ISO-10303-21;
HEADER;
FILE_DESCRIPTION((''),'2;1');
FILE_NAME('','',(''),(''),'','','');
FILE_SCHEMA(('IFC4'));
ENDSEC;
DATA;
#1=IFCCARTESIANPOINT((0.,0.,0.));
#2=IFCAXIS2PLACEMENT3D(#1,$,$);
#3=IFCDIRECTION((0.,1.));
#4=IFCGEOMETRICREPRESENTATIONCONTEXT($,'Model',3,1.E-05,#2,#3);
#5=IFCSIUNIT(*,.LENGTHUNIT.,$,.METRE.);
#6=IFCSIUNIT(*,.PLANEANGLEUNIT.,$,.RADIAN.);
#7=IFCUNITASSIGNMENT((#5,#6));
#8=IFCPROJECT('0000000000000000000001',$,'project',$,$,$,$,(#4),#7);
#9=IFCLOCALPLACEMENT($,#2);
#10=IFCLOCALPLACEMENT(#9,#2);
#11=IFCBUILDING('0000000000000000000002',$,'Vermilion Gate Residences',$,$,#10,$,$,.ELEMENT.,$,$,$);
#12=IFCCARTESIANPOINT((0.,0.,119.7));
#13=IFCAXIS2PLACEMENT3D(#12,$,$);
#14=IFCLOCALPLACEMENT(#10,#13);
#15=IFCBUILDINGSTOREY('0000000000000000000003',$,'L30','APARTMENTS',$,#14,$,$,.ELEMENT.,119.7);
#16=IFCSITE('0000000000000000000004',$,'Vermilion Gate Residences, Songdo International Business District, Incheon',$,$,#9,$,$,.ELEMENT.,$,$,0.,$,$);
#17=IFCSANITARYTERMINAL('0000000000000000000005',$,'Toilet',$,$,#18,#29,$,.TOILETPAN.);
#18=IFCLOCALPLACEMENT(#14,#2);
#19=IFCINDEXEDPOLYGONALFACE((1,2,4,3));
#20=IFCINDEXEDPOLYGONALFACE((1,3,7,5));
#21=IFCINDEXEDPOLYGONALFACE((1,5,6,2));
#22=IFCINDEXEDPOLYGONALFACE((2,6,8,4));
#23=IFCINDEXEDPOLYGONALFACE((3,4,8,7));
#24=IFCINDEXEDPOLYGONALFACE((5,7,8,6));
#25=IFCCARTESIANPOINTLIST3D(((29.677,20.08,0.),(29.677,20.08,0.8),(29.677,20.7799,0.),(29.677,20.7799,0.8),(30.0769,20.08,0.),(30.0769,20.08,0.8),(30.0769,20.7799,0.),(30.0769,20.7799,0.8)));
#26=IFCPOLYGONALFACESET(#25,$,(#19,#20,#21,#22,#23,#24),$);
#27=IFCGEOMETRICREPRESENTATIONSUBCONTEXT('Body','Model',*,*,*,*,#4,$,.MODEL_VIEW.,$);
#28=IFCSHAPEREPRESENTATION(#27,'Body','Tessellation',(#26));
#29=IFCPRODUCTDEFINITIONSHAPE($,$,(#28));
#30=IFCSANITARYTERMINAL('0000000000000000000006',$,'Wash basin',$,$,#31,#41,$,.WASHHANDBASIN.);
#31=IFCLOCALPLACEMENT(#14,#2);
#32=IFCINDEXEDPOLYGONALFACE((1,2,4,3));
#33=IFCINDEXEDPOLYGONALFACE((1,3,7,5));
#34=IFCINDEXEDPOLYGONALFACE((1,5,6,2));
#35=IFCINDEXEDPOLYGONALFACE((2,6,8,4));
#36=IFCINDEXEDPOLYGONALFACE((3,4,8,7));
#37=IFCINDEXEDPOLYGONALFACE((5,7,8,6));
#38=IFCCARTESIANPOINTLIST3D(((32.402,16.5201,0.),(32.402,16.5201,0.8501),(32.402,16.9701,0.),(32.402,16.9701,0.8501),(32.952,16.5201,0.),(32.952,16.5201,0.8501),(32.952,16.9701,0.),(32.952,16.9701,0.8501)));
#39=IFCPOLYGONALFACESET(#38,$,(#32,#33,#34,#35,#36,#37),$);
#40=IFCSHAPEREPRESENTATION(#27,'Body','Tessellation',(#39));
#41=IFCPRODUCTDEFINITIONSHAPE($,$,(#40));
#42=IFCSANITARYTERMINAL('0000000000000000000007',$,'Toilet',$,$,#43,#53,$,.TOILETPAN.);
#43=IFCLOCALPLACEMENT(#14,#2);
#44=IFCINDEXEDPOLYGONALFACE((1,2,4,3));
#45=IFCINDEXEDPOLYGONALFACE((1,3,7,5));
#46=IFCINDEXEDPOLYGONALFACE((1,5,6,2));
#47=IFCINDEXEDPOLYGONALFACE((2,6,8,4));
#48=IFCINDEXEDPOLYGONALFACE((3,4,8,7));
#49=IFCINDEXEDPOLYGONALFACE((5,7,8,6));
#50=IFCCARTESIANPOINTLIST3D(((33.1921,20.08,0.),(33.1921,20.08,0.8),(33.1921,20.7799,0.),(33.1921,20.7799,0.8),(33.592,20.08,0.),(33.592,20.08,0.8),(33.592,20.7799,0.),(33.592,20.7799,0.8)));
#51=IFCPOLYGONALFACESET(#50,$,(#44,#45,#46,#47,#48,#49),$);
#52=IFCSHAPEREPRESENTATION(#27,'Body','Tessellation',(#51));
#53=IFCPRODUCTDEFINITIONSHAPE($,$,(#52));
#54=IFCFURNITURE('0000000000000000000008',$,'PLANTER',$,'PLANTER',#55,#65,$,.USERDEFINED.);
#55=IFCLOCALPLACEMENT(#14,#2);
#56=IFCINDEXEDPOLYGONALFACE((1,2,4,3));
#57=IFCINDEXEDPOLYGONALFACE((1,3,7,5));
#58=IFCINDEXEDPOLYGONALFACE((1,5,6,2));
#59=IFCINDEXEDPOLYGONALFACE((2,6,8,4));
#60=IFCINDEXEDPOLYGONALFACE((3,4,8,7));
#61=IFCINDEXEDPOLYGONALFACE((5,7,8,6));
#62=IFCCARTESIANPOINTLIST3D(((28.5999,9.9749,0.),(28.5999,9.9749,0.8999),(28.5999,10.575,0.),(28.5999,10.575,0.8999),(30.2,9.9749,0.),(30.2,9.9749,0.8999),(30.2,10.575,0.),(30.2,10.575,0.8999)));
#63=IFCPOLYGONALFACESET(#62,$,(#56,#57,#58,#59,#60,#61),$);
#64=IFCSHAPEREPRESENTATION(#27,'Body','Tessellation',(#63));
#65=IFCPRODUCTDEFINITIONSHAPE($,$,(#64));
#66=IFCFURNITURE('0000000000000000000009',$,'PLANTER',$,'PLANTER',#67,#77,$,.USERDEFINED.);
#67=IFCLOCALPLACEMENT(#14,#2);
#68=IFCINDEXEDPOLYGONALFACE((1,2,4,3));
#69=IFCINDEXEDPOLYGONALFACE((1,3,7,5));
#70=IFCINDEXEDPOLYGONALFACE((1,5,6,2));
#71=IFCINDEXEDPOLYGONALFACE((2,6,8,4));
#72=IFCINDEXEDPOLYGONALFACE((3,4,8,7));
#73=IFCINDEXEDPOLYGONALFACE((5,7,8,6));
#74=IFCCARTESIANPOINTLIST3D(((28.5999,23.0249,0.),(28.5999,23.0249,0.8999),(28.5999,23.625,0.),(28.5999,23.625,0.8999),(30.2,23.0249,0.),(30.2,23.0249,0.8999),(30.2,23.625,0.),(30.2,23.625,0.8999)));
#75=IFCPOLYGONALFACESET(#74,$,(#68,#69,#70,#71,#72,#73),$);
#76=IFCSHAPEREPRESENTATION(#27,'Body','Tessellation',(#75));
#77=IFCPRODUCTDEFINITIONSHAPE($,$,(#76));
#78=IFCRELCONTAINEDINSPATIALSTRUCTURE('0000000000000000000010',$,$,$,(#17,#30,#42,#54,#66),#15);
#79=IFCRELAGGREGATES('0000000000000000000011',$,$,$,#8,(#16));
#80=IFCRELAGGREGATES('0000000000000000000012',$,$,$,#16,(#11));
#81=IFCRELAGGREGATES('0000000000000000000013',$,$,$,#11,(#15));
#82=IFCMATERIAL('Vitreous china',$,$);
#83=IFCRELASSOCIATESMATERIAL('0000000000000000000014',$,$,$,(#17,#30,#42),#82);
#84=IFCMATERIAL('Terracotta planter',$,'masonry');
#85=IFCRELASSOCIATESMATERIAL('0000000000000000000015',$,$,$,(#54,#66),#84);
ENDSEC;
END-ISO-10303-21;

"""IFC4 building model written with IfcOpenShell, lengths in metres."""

from ifc_helpers import new_model, si_unit, direction, frame, origin, origin_2d, place, context, subcontext, project, spatial, rectangle, extrude, material, element, save


model = new_model("IFC4")

# Units and contexts
model_context = context("Model", 3, precision=1e-05, world=origin(), true_north=direction((0.0, 1.0)))
body_context = subcontext(model_context, "Body", "Model", "MODEL_VIEW")
ifc_project = project(units=[si_unit("LENGTHUNIT", "METRE"), si_unit("PLANEANGLEUNIT", "RADIAN")], contexts=[model_context])

# Site, building, storey
site_placement = place(None, origin())
site = spatial("IfcSite", under=ifc_project, at=site_placement, Name="Vermilion Gate Residences, Songdo International Business District, Incheon", CompositionType="ELEMENT", RefElevation=0.0)
building_placement = place(site_placement, origin())
building = spatial("IfcBuilding", under=site, at=building_placement, Name="Vermilion Gate Residences", CompositionType="ELEMENT")
storey_placement = place(building_placement, frame((0.0, 0.0, 119.7)))
storey = spatial("IfcBuildingStorey", under=building, at=storey_placement, Name="L30", Description="APARTMENTS", CompositionType="ELEMENT", Elevation=119.7)

# Sanitary terminals
ifc_material_1 = material(Name="Vitreous china")
sanitary_terminal_1_placement = place(storey_placement, frame((29.877, 20.4299, 0.0), z_axis=(0.0, 0.0, 1.0), x_axis=(1.0, 0.0, 0.0)))
element("IfcSanitaryTerminal", 1, at=sanitary_terminal_1_placement, inside=storey, material=ifc_material_1, Name="Toilet", PredefinedType="TOILETPAN", context=body_context, shape_type="SweptSolid", body=[
    extrude(rectangle(XDim=0.3999, YDim=0.7, at=origin_2d()), origin(), (0.0, 0.0, 1.0), 0.8),
])
sanitary_terminal_2_placement = place(storey_placement, frame((32.677, 16.7451, 0.0), z_axis=(0.0, 0.0, 1.0), x_axis=(1.0, 0.0, 0.0)))
element("IfcSanitaryTerminal", 2, at=sanitary_terminal_2_placement, inside=storey, material=ifc_material_1, Name="Wash basin", PredefinedType="WASHHANDBASIN", context=body_context, shape_type="SweptSolid", body=[
    extrude(rectangle(XDim=0.55, YDim=0.45, at=origin_2d()), origin(), (0.0, 0.0, 1.0), 0.8501),
])
sanitary_terminal_3_placement = place(storey_placement, frame((33.3921, 20.4299, 0.0), z_axis=(0.0, 0.0, 1.0), x_axis=(1.0, 0.0, 0.0)))
element("IfcSanitaryTerminal", 3, at=sanitary_terminal_3_placement, inside=storey, material=ifc_material_1, Name="Toilet", PredefinedType="TOILETPAN", context=body_context, shape_type="SweptSolid", body=[
    extrude(rectangle(XDim=0.3999, YDim=0.7, at=origin_2d()), origin(), (0.0, 0.0, 1.0), 0.8),
])

# Furniture
ifc_material_2 = material(Name="Terracotta planter", Category="masonry")
for number, where, z_axis, x_axis, name in (
    (4, (29.3999, 10.2749, 0.0), (0.0, 0.0, 1.0), (1.0, 0.0, 0.0), "PLANTER"),
    (5, (29.3999, 23.325, 0.0), (0.0, 0.0, 1.0), (-1.0, 0.0, 0.0), "PLANTER"),
):
    element("IfcFurniture", number, at=place(storey_placement, frame(where, z_axis=z_axis, x_axis=x_axis)), inside=storey, material=ifc_material_2, Name=name, ObjectType="PLANTER", PredefinedType="USERDEFINED", context=body_context, shape_type="SweptSolid", body=[
        extrude(rectangle(XDim=1.6001, YDim=0.6001, at=origin_2d()), origin(), (0.0, 0.0, 1.0), 0.8999),
    ])

save(model, "model.ifc")
